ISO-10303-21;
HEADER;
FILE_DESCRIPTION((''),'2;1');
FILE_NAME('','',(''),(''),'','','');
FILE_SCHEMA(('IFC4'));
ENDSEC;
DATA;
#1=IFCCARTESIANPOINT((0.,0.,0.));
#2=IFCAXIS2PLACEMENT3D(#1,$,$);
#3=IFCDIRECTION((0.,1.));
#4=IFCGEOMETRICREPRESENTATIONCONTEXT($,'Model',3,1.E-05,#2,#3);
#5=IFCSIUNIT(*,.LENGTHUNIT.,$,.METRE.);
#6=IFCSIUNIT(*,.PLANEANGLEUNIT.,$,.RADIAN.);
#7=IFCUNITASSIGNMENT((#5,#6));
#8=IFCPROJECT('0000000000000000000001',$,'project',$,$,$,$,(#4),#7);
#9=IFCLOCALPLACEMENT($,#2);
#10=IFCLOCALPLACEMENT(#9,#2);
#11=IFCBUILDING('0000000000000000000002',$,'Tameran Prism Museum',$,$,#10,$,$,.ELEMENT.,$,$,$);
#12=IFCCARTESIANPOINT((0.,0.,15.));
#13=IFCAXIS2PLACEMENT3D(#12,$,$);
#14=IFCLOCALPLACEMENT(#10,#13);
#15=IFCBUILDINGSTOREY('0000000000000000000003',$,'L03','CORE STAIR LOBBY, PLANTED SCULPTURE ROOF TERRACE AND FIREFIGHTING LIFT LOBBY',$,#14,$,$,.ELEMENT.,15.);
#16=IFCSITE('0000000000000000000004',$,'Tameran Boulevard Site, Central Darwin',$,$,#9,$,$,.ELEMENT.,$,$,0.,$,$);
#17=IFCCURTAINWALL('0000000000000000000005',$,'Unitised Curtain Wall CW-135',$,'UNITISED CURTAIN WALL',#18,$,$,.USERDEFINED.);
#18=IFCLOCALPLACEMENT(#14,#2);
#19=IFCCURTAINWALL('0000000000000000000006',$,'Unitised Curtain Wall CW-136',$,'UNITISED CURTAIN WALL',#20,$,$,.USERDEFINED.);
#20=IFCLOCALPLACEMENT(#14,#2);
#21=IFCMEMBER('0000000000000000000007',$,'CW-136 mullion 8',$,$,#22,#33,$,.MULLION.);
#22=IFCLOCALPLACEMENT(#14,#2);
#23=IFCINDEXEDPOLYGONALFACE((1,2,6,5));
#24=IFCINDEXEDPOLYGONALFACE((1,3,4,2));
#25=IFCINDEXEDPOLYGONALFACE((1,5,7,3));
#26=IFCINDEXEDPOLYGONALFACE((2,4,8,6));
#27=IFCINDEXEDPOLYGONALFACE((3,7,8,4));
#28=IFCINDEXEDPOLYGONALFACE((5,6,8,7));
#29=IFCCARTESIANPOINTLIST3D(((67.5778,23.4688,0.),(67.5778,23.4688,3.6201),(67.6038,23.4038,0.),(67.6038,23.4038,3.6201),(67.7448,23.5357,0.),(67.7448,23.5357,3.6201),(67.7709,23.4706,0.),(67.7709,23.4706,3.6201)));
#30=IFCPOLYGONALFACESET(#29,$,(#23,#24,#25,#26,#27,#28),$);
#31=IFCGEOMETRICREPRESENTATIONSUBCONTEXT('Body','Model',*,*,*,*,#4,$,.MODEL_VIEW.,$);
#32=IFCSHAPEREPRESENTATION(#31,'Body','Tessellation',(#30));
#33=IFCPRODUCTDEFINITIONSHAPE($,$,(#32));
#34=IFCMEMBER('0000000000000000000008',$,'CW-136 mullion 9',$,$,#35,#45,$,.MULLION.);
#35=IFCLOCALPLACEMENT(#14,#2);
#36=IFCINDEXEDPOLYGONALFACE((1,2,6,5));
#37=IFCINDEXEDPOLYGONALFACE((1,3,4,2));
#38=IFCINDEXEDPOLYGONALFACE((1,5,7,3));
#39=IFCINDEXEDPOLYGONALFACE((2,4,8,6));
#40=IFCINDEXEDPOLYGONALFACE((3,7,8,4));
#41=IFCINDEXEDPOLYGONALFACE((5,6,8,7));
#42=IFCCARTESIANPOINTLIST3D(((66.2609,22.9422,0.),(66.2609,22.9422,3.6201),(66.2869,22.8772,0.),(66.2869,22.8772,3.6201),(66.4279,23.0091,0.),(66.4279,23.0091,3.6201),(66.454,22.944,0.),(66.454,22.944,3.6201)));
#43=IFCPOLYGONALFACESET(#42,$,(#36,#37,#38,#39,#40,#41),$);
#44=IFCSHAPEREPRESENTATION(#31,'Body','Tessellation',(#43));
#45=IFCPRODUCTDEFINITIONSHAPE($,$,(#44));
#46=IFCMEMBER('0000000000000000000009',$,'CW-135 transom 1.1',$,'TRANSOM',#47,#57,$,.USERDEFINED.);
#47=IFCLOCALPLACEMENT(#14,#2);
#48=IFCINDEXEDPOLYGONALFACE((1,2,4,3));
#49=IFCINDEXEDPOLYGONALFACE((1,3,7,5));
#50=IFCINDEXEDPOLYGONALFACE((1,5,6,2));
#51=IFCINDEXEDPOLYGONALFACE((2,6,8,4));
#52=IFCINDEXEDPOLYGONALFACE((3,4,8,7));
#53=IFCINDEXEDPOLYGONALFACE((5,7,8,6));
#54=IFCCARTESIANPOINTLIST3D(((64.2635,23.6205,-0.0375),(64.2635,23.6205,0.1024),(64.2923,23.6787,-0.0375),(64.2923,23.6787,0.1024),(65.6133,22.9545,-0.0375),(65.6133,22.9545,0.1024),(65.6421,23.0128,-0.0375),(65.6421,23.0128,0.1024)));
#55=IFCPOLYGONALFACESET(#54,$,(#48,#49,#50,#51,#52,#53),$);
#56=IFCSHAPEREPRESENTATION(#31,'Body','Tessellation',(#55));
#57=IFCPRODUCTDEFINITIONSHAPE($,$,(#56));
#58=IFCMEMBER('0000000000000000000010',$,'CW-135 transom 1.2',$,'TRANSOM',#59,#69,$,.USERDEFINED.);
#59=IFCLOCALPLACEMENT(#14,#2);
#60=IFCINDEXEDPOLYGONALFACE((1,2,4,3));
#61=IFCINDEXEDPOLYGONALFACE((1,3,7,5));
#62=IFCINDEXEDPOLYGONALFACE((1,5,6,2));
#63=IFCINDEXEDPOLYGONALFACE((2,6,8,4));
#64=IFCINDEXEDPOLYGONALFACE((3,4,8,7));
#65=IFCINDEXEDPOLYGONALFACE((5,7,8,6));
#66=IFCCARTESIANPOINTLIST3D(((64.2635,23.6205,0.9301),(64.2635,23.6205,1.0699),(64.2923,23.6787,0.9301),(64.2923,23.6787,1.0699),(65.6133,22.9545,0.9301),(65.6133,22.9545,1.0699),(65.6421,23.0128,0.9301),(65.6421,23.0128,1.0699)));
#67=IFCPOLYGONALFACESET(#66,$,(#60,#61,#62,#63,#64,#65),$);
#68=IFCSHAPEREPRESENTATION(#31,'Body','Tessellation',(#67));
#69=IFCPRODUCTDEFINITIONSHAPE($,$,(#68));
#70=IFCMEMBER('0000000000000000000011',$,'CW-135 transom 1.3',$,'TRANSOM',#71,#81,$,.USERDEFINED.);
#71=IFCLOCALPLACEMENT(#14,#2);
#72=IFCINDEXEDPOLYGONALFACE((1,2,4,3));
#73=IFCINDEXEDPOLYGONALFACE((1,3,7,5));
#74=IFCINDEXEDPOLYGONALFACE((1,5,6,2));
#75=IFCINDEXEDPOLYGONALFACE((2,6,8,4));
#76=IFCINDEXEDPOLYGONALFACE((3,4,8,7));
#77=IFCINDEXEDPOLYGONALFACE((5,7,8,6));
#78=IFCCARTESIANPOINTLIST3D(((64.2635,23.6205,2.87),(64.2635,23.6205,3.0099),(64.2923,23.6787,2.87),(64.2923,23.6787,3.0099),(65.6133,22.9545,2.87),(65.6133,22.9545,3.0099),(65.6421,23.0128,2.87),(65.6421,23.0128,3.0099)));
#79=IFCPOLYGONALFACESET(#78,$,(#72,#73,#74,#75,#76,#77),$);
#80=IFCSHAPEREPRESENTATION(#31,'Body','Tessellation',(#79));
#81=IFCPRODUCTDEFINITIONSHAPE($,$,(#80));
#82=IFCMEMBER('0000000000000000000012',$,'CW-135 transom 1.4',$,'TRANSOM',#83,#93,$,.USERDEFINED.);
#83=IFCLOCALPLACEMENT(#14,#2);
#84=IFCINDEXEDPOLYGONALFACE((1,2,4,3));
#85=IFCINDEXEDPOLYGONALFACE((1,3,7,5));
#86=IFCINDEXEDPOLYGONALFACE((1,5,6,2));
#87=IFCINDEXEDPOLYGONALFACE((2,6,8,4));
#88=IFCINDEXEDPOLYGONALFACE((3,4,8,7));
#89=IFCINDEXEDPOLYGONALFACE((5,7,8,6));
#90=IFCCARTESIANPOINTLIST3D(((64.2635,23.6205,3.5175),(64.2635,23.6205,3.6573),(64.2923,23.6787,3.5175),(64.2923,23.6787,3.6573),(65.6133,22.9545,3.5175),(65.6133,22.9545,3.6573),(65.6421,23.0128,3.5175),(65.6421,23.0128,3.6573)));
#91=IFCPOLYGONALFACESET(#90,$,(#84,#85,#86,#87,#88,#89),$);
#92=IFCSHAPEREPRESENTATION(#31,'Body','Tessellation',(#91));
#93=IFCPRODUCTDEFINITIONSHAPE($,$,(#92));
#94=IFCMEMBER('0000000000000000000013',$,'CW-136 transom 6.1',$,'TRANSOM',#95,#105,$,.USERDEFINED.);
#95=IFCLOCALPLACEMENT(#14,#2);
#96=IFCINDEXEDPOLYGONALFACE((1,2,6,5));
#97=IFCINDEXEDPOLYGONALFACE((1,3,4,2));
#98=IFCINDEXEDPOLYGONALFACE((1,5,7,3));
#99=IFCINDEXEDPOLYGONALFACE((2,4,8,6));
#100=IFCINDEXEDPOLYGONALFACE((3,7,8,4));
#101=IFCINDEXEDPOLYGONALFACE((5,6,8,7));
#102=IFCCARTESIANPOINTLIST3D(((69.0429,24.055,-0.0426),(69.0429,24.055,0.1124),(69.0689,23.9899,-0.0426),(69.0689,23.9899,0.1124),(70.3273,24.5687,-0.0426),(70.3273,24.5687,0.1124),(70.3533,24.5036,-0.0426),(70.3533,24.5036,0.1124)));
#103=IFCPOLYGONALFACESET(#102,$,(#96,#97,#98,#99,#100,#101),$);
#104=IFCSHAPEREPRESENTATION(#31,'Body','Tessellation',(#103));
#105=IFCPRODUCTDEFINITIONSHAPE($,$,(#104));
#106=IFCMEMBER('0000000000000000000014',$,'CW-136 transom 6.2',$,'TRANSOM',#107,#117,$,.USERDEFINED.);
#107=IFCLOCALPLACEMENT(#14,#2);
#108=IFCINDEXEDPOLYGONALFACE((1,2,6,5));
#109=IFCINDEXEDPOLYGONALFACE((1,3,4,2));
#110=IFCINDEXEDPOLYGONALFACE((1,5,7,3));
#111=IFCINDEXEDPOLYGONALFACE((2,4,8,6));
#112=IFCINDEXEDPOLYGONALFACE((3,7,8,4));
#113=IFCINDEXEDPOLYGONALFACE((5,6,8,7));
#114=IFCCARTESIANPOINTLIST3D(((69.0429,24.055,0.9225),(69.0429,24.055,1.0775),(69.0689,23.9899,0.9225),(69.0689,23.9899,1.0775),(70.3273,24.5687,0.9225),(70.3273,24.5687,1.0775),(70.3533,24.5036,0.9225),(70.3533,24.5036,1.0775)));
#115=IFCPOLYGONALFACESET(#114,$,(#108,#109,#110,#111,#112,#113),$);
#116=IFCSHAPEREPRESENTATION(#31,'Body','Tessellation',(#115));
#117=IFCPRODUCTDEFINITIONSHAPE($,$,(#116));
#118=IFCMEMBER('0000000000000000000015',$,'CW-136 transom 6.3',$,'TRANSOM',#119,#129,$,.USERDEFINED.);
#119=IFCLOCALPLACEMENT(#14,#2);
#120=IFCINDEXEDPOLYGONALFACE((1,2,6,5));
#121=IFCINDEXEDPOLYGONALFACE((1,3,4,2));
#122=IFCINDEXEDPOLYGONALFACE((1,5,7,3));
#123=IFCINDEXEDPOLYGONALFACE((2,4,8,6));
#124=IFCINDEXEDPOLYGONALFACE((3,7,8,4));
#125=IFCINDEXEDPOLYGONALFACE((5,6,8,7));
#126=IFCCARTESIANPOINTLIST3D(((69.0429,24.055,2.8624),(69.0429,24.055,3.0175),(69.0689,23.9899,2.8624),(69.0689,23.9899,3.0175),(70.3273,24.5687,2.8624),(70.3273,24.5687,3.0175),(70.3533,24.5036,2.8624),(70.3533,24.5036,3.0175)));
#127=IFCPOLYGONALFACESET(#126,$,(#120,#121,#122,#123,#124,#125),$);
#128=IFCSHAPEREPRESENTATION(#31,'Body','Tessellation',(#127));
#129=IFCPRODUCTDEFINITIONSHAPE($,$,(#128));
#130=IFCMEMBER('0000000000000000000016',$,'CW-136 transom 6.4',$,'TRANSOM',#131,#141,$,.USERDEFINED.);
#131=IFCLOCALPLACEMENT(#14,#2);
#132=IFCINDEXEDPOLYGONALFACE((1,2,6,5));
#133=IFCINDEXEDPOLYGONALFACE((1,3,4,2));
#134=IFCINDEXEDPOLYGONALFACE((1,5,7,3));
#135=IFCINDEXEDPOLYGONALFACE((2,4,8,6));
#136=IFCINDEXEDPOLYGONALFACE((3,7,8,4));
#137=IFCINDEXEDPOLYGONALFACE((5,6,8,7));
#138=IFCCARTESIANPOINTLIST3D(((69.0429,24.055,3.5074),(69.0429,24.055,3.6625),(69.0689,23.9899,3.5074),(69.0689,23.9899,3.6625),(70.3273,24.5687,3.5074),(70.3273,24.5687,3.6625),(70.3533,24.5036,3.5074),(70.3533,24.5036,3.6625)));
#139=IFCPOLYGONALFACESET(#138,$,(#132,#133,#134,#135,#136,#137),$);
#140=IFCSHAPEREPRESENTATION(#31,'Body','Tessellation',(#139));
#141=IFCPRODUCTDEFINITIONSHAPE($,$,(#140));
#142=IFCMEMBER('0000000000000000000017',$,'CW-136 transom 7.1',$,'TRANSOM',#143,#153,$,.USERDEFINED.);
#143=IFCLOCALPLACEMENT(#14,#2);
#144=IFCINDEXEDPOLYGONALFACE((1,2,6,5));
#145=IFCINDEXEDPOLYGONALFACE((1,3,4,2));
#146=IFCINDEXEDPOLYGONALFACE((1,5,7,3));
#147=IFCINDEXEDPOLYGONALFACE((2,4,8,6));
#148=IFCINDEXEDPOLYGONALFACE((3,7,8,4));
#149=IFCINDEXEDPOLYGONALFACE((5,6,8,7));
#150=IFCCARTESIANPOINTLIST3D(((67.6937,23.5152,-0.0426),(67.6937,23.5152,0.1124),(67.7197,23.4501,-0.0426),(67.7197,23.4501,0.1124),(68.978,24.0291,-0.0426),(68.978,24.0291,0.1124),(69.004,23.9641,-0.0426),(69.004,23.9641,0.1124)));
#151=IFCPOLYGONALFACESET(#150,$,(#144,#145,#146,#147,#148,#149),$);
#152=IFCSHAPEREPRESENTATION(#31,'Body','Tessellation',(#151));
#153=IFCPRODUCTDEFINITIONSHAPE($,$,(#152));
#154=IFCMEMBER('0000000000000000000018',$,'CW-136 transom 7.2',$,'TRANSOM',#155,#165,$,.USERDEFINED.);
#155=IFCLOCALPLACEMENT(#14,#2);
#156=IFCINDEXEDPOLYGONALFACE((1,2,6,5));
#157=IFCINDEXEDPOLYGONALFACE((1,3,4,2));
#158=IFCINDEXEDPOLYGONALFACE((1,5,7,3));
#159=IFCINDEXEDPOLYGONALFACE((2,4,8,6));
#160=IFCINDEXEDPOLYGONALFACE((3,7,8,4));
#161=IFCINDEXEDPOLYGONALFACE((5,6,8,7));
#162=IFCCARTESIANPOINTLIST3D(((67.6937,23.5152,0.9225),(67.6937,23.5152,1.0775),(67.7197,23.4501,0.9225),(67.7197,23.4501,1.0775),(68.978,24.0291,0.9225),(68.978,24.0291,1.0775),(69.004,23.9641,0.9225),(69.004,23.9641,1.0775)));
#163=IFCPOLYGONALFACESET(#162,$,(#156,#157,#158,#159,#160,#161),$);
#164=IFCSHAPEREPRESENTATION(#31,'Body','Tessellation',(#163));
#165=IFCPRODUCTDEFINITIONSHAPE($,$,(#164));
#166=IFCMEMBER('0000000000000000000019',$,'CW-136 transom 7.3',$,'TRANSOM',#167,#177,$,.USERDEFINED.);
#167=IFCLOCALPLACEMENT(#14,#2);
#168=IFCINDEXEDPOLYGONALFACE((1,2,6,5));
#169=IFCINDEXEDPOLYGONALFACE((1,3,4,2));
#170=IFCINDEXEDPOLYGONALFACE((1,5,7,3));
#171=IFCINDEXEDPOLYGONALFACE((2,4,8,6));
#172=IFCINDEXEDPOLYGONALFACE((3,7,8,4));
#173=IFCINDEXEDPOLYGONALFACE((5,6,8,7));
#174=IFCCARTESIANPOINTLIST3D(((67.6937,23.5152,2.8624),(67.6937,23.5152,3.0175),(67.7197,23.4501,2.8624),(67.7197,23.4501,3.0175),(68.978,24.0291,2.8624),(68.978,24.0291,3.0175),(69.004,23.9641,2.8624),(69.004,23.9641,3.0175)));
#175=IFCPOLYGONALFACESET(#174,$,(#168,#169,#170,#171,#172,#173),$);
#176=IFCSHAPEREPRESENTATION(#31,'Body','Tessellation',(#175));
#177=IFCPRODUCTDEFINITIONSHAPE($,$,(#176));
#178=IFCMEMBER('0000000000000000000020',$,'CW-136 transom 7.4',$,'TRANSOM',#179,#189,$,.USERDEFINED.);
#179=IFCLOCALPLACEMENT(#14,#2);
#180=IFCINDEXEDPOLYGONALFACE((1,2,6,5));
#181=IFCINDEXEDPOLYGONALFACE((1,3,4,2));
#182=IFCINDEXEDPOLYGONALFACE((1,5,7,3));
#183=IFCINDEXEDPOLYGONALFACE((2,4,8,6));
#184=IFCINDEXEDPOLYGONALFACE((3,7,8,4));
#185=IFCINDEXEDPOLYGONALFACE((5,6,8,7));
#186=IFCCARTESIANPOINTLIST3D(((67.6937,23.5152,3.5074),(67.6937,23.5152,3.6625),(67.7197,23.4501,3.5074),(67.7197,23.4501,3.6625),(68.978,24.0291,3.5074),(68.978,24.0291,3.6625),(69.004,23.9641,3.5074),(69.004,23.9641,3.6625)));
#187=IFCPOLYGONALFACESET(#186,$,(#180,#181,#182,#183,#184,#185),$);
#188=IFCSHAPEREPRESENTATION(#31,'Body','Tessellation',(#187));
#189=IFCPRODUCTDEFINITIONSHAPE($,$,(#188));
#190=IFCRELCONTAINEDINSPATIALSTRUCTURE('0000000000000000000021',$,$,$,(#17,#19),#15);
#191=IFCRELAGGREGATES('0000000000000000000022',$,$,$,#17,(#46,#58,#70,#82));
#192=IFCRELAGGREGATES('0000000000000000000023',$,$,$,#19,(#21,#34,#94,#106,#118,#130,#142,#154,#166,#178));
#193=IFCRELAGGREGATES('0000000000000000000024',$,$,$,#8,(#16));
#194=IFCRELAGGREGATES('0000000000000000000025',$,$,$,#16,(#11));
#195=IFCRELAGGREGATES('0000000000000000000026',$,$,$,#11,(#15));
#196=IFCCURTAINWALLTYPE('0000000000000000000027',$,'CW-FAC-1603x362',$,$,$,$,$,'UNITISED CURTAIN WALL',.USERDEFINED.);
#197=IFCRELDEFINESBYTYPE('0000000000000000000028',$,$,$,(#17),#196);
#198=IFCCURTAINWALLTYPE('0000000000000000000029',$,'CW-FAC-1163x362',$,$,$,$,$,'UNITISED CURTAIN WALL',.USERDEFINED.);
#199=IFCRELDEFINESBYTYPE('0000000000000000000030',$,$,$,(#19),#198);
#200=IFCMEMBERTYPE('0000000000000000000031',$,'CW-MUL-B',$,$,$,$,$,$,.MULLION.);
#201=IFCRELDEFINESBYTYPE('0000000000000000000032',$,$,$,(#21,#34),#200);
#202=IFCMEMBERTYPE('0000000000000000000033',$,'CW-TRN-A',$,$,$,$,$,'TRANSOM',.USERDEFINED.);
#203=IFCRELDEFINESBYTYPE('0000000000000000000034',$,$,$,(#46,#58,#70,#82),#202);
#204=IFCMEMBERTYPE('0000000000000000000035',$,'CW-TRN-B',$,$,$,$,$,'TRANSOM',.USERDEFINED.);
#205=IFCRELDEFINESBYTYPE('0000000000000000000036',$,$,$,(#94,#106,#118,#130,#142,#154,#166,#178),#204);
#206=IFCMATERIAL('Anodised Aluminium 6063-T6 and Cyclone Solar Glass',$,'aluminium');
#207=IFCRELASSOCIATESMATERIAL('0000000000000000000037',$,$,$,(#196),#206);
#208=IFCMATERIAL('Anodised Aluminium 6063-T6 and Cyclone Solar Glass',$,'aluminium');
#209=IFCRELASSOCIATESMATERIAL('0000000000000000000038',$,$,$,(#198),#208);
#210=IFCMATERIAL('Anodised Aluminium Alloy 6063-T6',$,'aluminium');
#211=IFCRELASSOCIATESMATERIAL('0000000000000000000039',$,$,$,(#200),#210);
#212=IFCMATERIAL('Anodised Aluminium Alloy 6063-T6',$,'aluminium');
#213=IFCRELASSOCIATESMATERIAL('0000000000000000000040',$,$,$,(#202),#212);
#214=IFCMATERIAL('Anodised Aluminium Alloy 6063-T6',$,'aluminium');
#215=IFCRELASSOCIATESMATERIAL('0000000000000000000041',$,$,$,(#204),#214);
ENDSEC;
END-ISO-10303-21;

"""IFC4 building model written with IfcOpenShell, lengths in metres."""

from ifc_helpers import new_model, si_unit, direction, frame, origin, origin_2d, place, context, subcontext, project, spatial, rectangle, extrude, material, material_profile, profile_set, type_object, element, aggregate, save


model = new_model("IFC4")

# Units and contexts
model_context = context("Model", 3, precision=1e-05, world=origin(), true_north=direction((0.0, 1.0)))
body_context = subcontext(model_context, "Body", "Model", "MODEL_VIEW")
ifc_project = project(units=[si_unit("LENGTHUNIT", "METRE"), si_unit("PLANEANGLEUNIT", "RADIAN")], contexts=[model_context])

# Site, building, storey
site_placement = place(None, origin())
site = spatial("IfcSite", under=ifc_project, at=site_placement, Name="Tameran Boulevard Site, Central Darwin", CompositionType="ELEMENT", RefElevation=0.0)
building_placement = place(site_placement, origin())
building = spatial("IfcBuilding", under=site, at=building_placement, Name="Tameran Prism Museum", CompositionType="ELEMENT")
storey_placement = place(building_placement, frame((0.0, 0.0, 15.0)))
storey = spatial("IfcBuildingStorey", under=building, at=storey_placement, Name="L03", Description="CORE STAIR LOBBY, PLANTED SCULPTURE ROOF TERRACE AND FIREFIGHTING LIFT LOBBY", CompositionType="ELEMENT", Elevation=15.0)

# Curtain wall
ifc_material_1 = material(Name="Anodised Aluminium 6063-T6 and Cyclone Solar Glass", Category="aluminium")
curtain_wall_type_1 = type_object("IfcCurtainWallType", Name="CW-FAC-1603x362", ElementType="UNITISED CURTAIN WALL", PredefinedType="USERDEFINED", material=ifc_material_1)
curtain_wall_1_placement = place(storey_placement, origin())
curtain_wall_1 = element("IfcCurtainWall", 1, at=curtain_wall_1_placement, inside=storey, type_object=curtain_wall_type_1, Name="Unitised Curtain Wall CW-135", ObjectType="UNITISED CURTAIN WALL", PredefinedType="USERDEFINED")

# Curtain wall, members
ifc_material_2 = material(Name="Anodised Aluminium 6063-T6 and Cyclone Solar Glass", Category="aluminium")
curtain_wall_type_2 = type_object("IfcCurtainWallType", Name="CW-FAC-1163x362", ElementType="UNITISED CURTAIN WALL", PredefinedType="USERDEFINED", material=ifc_material_2)
curtain_wall_2_placement = place(storey_placement, origin())
curtain_wall_2 = element("IfcCurtainWall", 2, at=curtain_wall_2_placement, inside=storey, type_object=curtain_wall_type_2, Name="Unitised Curtain Wall CW-136", ObjectType="UNITISED CURTAIN WALL", PredefinedType="USERDEFINED")
ifc_material_3 = material(Name="Anodised Aluminium Alloy 6063-T6", Category="aluminium")
ifc_material_profile_1 = material_profile(ifc_material_3, rectangle(XDim=0.0701, YDim=0.1799, at=origin_2d()))
ifc_profile_set_1 = profile_set([ifc_material_profile_1])
member_type_1 = type_object("IfcMemberType", Name="CW-MUL-B", PredefinedType="MULLION", material=ifc_profile_set_1)
member_1_placement = place(storey_placement, frame((67.6743, 23.4697, 0.0), z_axis=(0.0, 0.0, 1.0), x_axis=(0.37142, -0.928465, 0.0)))
member_1 = element("IfcMember", 3, at=member_1_placement, type_object=member_type_1, Name="CW-136 mullion 8", PredefinedType="MULLION", context=body_context, shape_type="SweptSolid", body=[
    extrude(rectangle(XDim=0.0701, YDim=0.1799, at=origin_2d()), origin(), (0.0, 0.0, 1.0), 3.6201),
])
member_2_placement = place(storey_placement, frame((66.3574, 22.9431, 0.0), z_axis=(0.0, 0.0, 1.0), x_axis=(0.37142, -0.928465, 0.0)))
member_2 = element("IfcMember", 4, at=member_2_placement, type_object=member_type_1, Name="CW-136 mullion 9", PredefinedType="MULLION", context=body_context, shape_type="SweptSolid", body=[
    extrude(rectangle(XDim=0.0701, YDim=0.1799, at=origin_2d()), origin(), (0.0, 0.0, 1.0), 3.6201),
])

# Members
ifc_material_4 = material(Name="Anodised Aluminium Alloy 6063-T6", Category="aluminium")
ifc_material_profile_2 = material_profile(ifc_material_4, rectangle(XDim=0.0649, YDim=0.1399, at=origin_2d()))
ifc_profile_set_2 = profile_set([ifc_material_profile_2])
member_type_2 = type_object("IfcMemberType", Name="CW-TRN-A", ElementType="TRANSOM", PredefinedType="USERDEFINED", material=ifc_profile_set_2)
member_3_placement = place(storey_placement, frame((65.6277, 22.9836, 0.0325), z_axis=(-0.896783, 0.442471, 0.0), x_axis=(-0.442471, -0.896783, 0.0)))
member_3 = element("IfcMember", 5, at=member_3_placement, type_object=member_type_2, Name="CW-135 transom 1.1", ObjectType="TRANSOM", PredefinedType="USERDEFINED", context=body_context, shape_type="SweptSolid", body=[
    extrude(rectangle(XDim=0.0649, YDim=0.1399, at=origin_2d()), origin(), (0.0, 0.0, 1.0), 1.5051),
])
member_4_placement = place(storey_placement, frame((65.6277, 22.9836, 1.0), z_axis=(-0.896783, 0.442471, 0.0), x_axis=(-0.442471, -0.896783, 0.0)))
member_4 = element("IfcMember", 6, at=member_4_placement, type_object=member_type_2, Name="CW-135 transom 1.2", ObjectType="TRANSOM", PredefinedType="USERDEFINED", context=body_context, shape_type="SweptSolid", body=[
    extrude(rectangle(XDim=0.0649, YDim=0.1399, at=origin_2d()), origin(), (0.0, 0.0, 1.0), 1.5051),
])
member_5_placement = place(storey_placement, frame((65.6277, 22.9836, 2.9399), z_axis=(-0.896783, 0.442471, 0.0), x_axis=(-0.442471, -0.896783, 0.0)))
member_5 = element("IfcMember", 7, at=member_5_placement, type_object=member_type_2, Name="CW-135 transom 1.3", ObjectType="TRANSOM", PredefinedType="USERDEFINED", context=body_context, shape_type="SweptSolid", body=[
    extrude(rectangle(XDim=0.0649, YDim=0.1399, at=origin_2d()), origin(), (0.0, 0.0, 1.0), 1.5051),
])
member_6_placement = place(storey_placement, frame((65.6277, 22.9836, 3.5874), z_axis=(-0.896783, 0.442471, 0.0), x_axis=(-0.442471, -0.896783, 0.0)))
member_6 = element("IfcMember", 8, at=member_6_placement, type_object=member_type_2, Name="CW-135 transom 1.4", ObjectType="TRANSOM", PredefinedType="USERDEFINED", context=body_context, shape_type="SweptSolid", body=[
    extrude(rectangle(XDim=0.0649, YDim=0.1399, at=origin_2d()), origin(), (0.0, 0.0, 1.0), 1.5051),
])
aggregate(curtain_wall_1, [member_3, member_4, member_5, member_6])
ifc_material_5 = material(Name="Anodised Aluminium Alloy 6063-T6", Category="aluminium")
ifc_material_profile_3 = material_profile(ifc_material_5, rectangle(XDim=0.0701, YDim=0.155, at=origin_2d()))
ifc_profile_set_3 = profile_set([ifc_material_profile_3])
member_type_3 = type_object("IfcMemberType", Name="CW-TRN-B", ElementType="TRANSOM", PredefinedType="USERDEFINED", material=ifc_profile_set_3)
member_7_placement = place(storey_placement, frame((70.3403, 24.5361, 0.0349), z_axis=(-0.928501, -0.37133, 0.0), x_axis=(0.37133, -0.928501, 0.0)))
member_7 = element("IfcMember", 9, at=member_7_placement, type_object=member_type_3, Name="CW-136 transom 6.1", ObjectType="TRANSOM", PredefinedType="USERDEFINED", context=body_context, shape_type="SweptSolid", body=[
    extrude(rectangle(XDim=0.0701, YDim=0.155, at=origin_2d()), origin(), (0.0, 0.0, 1.0), 1.3833),
])
member_8_placement = place(storey_placement, frame((70.3403, 24.5361, 1.0), z_axis=(-0.928501, -0.37133, 0.0), x_axis=(0.37133, -0.928501, 0.0)))
member_8 = element("IfcMember", 10, at=member_8_placement, type_object=member_type_3, Name="CW-136 transom 6.2", ObjectType="TRANSOM", PredefinedType="USERDEFINED", context=body_context, shape_type="SweptSolid", body=[
    extrude(rectangle(XDim=0.0701, YDim=0.155, at=origin_2d()), origin(), (0.0, 0.0, 1.0), 1.3833),
])
member_9_placement = place(storey_placement, frame((70.3403, 24.5361, 2.9399), z_axis=(-0.928501, -0.37133, 0.0), x_axis=(0.37133, -0.928501, 0.0)))
member_9 = element("IfcMember", 11, at=member_9_placement, type_object=member_type_3, Name="CW-136 transom 6.3", ObjectType="TRANSOM", PredefinedType="USERDEFINED", context=body_context, shape_type="SweptSolid", body=[
    extrude(rectangle(XDim=0.0701, YDim=0.155, at=origin_2d()), origin(), (0.0, 0.0, 1.0), 1.3833),
])
member_10_placement = place(storey_placement, frame((70.3403, 24.5361, 3.585), z_axis=(-0.928501, -0.37133, 0.0), x_axis=(0.37133, -0.928501, 0.0)))
member_10 = element("IfcMember", 12, at=member_10_placement, type_object=member_type_3, Name="CW-136 transom 6.4", ObjectType="TRANSOM", PredefinedType="USERDEFINED", context=body_context, shape_type="SweptSolid", body=[
    extrude(rectangle(XDim=0.0701, YDim=0.155, at=origin_2d()), origin(), (0.0, 0.0, 1.0), 1.3833),
])
member_11_placement = place(storey_placement, frame((68.991, 23.9966, 0.0349), z_axis=(-0.928416, -0.371543, 0.0), x_axis=(0.371543, -0.928416, 0.0)))
member_11 = element("IfcMember", 13, at=member_11_placement, type_object=member_type_3, Name="CW-136 transom 7.1", ObjectType="TRANSOM", PredefinedType="USERDEFINED", context=body_context, shape_type="SweptSolid", body=[
    extrude(rectangle(XDim=0.0701, YDim=0.155, at=origin_2d()), origin(), (0.0, 0.0, 1.0), 1.3833),
])
member_12_placement = place(storey_placement, frame((68.991, 23.9966, 1.0), z_axis=(-0.928416, -0.371543, 0.0), x_axis=(0.371543, -0.928416, 0.0)))
member_12 = element("IfcMember", 14, at=member_12_placement, type_object=member_type_3, Name="CW-136 transom 7.2", ObjectType="TRANSOM", PredefinedType="USERDEFINED", context=body_context, shape_type="SweptSolid", body=[
    extrude(rectangle(XDim=0.0701, YDim=0.155, at=origin_2d()), origin(), (0.0, 0.0, 1.0), 1.3833),
])
member_13_placement = place(storey_placement, frame((68.991, 23.9966, 2.9399), z_axis=(-0.928416, -0.371543, 0.0), x_axis=(0.371543, -0.928416, 0.0)))
member_13 = element("IfcMember", 15, at=member_13_placement, type_object=member_type_3, Name="CW-136 transom 7.3", ObjectType="TRANSOM", PredefinedType="USERDEFINED", context=body_context, shape_type="SweptSolid", body=[
    extrude(rectangle(XDim=0.0701, YDim=0.155, at=origin_2d()), origin(), (0.0, 0.0, 1.0), 1.3833),
])
member_14_placement = place(storey_placement, frame((68.991, 23.9966, 3.585), z_axis=(-0.928416, -0.371543, 0.0), x_axis=(0.371543, -0.928416, 0.0)))
member_14 = element("IfcMember", 16, at=member_14_placement, type_object=member_type_3, Name="CW-136 transom 7.4", ObjectType="TRANSOM", PredefinedType="USERDEFINED", context=body_context, shape_type="SweptSolid", body=[
    extrude(rectangle(XDim=0.0701, YDim=0.155, at=origin_2d()), origin(), (0.0, 0.0, 1.0), 1.3833),
])

aggregate(curtain_wall_2, [member_1, member_2, member_7, member_8, member_9, member_10, member_11, member_12, member_13, member_14])

save(model, "model.ifc")
